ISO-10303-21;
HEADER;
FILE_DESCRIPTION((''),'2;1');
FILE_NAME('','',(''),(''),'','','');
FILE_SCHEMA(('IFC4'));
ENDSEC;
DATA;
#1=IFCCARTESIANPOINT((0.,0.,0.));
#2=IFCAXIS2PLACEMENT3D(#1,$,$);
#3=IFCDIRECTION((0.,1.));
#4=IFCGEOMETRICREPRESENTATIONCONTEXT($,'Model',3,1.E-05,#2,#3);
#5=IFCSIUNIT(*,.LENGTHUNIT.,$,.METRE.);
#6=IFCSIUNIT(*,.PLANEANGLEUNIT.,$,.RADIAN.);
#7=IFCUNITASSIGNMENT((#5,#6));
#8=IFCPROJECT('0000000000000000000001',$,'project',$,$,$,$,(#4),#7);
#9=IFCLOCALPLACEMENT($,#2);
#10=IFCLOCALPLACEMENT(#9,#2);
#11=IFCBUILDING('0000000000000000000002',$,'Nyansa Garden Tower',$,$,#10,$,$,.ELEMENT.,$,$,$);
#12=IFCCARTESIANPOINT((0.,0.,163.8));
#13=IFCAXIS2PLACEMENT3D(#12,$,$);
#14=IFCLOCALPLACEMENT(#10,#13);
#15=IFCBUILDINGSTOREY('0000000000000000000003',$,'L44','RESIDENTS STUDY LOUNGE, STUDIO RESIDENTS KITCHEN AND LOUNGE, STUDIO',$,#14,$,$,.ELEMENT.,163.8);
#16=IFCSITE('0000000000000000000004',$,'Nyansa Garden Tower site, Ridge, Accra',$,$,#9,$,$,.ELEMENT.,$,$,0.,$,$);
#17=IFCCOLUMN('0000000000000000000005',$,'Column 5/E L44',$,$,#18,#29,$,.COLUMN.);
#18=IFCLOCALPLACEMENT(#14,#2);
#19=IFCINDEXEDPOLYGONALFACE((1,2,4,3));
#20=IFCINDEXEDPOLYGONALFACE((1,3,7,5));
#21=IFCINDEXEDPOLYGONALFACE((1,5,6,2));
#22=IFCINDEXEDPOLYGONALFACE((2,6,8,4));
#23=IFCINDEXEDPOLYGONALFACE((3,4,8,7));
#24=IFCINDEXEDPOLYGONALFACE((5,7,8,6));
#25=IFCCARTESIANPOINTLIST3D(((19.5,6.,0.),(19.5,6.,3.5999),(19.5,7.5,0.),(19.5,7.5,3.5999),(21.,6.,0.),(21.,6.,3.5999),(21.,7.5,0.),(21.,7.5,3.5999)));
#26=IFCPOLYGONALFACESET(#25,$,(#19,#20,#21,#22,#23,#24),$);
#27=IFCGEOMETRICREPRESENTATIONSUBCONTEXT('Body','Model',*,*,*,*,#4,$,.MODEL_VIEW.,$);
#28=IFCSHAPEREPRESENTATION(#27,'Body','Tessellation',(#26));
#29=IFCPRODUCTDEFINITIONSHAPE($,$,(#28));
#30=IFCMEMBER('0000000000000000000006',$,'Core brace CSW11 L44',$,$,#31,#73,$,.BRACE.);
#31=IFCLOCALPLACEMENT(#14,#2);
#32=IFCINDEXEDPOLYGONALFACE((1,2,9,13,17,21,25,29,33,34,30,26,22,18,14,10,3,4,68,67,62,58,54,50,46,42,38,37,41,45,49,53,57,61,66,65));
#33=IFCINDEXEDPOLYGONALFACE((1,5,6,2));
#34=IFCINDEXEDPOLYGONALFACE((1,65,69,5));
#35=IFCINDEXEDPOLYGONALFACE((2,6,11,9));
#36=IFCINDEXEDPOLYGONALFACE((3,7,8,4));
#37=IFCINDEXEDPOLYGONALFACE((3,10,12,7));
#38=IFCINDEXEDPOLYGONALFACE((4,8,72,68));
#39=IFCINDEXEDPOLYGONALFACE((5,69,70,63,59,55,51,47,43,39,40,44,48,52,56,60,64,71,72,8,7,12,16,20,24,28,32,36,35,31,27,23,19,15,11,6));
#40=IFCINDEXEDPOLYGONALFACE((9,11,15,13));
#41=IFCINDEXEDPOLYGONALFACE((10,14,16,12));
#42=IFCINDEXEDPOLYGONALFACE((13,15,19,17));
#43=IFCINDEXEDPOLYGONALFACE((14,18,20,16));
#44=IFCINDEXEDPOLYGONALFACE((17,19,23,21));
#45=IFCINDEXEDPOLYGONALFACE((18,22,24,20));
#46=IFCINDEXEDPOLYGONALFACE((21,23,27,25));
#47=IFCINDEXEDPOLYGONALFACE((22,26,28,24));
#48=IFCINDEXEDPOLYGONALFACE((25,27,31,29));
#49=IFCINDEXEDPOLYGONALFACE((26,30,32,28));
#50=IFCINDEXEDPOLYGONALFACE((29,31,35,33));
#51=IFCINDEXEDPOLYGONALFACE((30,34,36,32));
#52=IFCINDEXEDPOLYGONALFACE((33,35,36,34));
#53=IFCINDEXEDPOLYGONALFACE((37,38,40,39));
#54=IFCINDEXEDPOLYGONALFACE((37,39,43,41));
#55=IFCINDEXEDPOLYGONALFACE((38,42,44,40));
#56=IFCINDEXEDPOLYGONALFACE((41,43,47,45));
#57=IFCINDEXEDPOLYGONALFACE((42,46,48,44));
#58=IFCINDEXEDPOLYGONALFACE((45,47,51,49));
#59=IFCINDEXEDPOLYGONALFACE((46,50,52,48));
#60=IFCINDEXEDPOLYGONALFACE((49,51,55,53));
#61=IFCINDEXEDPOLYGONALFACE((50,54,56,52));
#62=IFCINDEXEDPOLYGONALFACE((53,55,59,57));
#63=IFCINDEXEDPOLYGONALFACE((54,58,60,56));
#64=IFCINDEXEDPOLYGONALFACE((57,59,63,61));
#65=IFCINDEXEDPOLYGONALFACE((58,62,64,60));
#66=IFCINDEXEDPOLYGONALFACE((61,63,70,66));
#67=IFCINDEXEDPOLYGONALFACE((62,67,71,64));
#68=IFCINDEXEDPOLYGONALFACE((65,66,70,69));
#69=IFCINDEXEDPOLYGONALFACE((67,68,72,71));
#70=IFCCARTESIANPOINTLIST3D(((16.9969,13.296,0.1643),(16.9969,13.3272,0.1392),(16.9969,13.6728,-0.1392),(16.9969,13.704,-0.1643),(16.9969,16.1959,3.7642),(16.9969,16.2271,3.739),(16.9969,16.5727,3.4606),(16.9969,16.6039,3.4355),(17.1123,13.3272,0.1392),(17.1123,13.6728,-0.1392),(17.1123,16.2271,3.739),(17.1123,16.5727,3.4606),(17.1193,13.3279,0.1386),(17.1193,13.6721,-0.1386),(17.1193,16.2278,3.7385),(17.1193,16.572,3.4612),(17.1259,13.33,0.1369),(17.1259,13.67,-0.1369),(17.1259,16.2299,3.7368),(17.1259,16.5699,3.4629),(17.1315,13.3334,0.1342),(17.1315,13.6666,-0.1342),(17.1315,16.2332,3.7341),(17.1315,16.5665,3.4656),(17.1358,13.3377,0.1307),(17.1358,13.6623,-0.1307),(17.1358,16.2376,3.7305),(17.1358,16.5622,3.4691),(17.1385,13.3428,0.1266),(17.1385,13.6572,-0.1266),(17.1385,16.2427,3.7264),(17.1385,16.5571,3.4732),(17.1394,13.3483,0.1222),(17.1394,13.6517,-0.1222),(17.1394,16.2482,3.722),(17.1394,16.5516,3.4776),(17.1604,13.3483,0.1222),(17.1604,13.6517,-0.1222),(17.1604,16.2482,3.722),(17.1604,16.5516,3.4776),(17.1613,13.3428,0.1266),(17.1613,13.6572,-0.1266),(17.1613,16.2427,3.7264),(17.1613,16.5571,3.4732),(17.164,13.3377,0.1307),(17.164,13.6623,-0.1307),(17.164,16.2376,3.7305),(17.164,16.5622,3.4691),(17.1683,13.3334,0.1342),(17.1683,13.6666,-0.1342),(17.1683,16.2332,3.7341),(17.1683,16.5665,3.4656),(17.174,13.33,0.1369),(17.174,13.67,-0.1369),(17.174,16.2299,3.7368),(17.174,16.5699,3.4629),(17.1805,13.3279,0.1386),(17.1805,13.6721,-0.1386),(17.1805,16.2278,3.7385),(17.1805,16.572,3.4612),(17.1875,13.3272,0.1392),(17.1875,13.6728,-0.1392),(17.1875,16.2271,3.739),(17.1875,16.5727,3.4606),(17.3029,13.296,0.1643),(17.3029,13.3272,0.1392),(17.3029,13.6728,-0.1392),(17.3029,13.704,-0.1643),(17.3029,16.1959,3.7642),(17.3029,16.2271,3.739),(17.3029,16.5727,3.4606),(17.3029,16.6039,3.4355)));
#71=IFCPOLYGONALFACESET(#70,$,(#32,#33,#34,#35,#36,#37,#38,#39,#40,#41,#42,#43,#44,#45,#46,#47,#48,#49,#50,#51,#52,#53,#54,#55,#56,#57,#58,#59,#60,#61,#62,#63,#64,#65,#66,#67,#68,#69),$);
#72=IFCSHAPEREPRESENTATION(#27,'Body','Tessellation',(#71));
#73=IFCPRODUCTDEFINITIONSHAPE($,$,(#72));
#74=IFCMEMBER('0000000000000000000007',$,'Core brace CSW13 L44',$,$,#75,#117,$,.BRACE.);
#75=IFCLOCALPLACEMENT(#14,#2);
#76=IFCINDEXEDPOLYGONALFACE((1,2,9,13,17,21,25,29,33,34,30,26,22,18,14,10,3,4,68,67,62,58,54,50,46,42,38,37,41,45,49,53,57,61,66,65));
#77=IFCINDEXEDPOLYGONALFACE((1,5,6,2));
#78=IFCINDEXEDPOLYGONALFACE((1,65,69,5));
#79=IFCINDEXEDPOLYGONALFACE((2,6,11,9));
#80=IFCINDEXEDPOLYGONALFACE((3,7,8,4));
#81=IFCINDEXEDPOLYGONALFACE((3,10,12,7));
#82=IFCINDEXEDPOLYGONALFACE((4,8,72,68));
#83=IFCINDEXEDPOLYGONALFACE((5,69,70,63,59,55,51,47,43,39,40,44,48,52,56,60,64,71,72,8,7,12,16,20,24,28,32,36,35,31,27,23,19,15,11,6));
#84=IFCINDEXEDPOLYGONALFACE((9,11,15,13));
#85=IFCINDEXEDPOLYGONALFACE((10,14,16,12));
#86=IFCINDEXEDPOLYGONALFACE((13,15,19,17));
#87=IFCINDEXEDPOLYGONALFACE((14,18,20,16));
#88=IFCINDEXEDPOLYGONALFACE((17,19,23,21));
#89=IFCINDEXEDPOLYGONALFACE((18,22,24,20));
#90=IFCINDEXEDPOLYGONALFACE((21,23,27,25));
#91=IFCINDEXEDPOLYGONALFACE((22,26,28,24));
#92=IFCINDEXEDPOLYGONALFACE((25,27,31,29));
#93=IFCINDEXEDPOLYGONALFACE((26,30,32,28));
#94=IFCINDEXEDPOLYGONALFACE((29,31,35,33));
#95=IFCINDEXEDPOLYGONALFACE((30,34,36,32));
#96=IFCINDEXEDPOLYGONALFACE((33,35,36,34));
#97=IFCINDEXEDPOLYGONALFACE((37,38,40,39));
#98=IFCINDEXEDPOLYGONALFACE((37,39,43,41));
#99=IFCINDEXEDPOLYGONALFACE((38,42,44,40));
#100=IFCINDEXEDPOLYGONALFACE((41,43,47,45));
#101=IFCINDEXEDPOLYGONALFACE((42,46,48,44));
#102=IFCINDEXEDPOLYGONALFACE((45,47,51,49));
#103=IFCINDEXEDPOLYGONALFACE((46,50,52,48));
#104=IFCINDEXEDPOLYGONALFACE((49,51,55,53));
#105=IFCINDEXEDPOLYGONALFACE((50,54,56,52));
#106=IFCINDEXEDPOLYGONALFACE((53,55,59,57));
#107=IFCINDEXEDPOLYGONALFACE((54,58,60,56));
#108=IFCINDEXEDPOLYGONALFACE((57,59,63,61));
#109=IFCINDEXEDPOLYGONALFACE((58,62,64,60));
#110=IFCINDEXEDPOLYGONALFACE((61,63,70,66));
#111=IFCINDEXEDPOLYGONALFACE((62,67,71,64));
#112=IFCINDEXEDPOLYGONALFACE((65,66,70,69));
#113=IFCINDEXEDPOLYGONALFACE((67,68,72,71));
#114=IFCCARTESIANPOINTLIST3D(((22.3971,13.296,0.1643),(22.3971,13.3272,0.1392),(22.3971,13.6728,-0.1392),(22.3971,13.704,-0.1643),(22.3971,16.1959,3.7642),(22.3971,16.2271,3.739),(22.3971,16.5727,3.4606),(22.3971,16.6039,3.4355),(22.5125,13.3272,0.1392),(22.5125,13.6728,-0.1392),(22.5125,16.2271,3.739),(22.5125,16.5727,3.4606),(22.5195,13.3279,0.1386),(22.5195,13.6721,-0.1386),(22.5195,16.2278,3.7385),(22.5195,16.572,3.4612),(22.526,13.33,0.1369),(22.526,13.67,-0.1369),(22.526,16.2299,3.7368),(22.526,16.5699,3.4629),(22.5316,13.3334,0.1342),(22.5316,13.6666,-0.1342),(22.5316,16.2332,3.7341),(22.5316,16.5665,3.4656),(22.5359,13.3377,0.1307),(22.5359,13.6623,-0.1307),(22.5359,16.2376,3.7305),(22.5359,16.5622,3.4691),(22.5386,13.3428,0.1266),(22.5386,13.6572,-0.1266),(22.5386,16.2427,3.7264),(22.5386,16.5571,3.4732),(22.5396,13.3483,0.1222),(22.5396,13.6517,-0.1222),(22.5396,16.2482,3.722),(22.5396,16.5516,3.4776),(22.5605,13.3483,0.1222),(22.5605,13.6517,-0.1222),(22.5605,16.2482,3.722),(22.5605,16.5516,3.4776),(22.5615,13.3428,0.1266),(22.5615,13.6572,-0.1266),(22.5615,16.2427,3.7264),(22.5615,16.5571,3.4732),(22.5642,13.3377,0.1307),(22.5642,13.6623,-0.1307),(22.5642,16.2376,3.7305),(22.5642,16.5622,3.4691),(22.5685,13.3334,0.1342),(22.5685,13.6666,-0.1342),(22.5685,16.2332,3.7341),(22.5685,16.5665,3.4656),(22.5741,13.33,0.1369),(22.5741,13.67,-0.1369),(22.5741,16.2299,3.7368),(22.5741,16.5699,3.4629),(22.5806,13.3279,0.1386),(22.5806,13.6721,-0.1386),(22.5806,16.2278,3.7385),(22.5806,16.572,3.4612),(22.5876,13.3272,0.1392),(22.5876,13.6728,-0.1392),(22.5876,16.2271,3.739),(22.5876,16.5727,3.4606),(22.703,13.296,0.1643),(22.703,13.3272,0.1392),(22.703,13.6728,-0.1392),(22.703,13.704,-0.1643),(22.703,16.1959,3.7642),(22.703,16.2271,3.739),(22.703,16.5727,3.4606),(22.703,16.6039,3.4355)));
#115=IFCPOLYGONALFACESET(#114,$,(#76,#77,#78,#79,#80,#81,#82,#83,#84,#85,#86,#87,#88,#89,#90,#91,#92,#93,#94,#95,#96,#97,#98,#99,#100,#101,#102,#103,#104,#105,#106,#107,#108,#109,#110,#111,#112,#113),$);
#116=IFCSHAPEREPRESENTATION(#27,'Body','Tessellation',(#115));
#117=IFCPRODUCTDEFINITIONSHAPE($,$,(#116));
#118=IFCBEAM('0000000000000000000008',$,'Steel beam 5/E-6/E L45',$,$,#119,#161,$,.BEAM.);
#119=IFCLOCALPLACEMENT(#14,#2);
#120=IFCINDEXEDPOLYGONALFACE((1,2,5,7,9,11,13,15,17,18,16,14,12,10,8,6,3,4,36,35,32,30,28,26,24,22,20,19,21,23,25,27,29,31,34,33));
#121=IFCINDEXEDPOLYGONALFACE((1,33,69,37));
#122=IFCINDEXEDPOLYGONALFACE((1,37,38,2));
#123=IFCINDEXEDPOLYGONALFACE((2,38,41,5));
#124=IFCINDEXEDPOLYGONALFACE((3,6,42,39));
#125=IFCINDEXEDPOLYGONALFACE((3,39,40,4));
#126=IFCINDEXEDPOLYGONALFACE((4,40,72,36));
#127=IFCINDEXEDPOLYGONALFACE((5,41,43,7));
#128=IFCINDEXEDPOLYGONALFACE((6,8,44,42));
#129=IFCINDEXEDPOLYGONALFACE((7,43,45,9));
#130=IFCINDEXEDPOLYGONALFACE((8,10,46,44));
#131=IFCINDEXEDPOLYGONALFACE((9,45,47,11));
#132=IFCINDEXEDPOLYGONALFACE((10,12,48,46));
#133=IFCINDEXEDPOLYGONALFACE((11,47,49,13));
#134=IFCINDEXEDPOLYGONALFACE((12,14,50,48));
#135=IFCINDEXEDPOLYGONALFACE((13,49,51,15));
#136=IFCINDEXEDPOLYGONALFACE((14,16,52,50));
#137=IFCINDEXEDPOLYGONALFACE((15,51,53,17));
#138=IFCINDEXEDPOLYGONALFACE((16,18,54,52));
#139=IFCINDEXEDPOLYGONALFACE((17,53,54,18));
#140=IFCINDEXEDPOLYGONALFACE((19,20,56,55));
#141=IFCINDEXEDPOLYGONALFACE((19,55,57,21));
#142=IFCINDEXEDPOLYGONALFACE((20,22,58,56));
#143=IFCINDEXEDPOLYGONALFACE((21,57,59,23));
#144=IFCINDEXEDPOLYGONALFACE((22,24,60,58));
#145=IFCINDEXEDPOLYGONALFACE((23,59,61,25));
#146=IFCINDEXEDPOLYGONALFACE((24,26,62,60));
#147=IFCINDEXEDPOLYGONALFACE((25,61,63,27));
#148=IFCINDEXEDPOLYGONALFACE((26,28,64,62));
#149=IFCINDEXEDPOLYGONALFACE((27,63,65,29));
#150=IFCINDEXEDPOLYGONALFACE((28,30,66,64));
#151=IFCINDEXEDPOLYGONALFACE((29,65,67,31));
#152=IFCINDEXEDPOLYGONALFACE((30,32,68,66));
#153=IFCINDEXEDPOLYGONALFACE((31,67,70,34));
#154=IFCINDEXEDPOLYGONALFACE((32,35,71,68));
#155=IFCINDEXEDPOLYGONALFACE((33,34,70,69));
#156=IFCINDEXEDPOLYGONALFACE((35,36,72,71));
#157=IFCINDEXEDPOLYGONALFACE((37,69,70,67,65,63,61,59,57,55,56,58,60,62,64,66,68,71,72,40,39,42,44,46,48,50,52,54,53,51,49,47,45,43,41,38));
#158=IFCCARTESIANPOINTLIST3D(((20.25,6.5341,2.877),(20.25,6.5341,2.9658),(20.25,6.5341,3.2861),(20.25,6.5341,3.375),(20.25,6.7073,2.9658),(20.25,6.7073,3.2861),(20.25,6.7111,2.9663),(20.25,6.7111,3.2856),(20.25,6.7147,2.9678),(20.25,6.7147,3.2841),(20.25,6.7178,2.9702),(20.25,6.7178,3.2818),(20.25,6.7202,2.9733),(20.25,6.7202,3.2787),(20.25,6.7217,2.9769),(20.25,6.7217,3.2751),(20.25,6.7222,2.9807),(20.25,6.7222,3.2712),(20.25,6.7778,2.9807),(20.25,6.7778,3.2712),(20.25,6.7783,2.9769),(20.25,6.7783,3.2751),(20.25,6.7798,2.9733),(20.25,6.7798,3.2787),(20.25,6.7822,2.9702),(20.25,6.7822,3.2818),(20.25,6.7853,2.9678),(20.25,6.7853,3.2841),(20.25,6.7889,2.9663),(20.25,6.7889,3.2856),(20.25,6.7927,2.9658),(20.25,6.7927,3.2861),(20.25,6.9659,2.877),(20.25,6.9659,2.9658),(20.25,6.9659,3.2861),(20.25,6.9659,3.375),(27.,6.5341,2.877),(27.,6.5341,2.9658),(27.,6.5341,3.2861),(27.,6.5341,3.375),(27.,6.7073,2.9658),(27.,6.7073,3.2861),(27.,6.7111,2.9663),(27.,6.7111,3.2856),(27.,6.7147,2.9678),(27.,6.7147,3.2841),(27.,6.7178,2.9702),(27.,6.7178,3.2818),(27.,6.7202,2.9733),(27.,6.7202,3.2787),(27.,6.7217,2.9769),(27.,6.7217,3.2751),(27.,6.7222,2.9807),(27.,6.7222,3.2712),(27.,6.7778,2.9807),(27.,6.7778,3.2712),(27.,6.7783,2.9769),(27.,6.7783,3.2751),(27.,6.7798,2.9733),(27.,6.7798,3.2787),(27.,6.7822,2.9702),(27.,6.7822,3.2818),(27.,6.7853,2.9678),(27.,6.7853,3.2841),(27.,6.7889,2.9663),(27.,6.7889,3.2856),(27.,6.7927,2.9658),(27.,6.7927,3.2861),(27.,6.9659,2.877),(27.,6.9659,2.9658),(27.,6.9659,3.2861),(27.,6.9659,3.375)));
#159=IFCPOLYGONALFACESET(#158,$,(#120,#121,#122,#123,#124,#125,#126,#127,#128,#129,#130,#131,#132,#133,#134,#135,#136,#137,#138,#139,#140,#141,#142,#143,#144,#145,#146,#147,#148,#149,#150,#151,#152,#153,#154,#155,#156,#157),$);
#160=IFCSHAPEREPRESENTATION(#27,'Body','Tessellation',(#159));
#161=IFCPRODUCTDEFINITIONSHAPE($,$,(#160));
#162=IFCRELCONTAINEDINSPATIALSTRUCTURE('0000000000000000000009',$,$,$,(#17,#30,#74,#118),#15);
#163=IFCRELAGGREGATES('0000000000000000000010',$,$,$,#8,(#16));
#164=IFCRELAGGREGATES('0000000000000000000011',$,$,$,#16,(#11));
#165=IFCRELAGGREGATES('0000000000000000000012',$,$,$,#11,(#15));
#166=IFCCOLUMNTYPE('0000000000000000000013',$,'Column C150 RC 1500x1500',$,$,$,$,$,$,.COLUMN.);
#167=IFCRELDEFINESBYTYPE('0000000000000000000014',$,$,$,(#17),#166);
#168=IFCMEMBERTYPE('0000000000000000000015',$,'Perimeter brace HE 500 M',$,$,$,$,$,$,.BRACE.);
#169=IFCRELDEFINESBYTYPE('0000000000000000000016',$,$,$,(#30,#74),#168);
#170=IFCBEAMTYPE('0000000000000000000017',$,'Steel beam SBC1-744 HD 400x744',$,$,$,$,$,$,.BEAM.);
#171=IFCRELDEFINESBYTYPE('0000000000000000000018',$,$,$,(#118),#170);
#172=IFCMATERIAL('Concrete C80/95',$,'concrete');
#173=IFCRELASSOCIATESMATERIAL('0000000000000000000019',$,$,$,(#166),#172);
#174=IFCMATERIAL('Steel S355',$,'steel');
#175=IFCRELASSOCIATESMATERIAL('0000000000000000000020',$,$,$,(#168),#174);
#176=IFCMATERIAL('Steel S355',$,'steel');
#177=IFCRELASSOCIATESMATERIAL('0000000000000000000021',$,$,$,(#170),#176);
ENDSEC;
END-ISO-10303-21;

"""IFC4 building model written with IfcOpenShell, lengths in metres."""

from ifc_helpers import new_model, si_unit, direction, frame, origin, origin_2d, place, context, subcontext, project, spatial, rectangle, i_section, extrude, material, material_profile, profile_set, type_object, element, save


model = new_model("IFC4")

# Units and contexts
model_context = context("Model", 3, precision=1e-05, world=origin(), true_north=direction((0.0, 1.0)))
body_context = subcontext(model_context, "Body", "Model", "MODEL_VIEW")
ifc_project = project(units=[si_unit("LENGTHUNIT", "METRE"), si_unit("PLANEANGLEUNIT", "RADIAN")], contexts=[model_context])

# Site, building, storey
site_placement = place(None, origin())
site = spatial("IfcSite", under=ifc_project, at=site_placement, Name="Nyansa Garden Tower site, Ridge, Accra", CompositionType="ELEMENT", RefElevation=0.0)
building_placement = place(site_placement, origin())
building = spatial("IfcBuilding", under=site, at=building_placement, Name="Nyansa Garden Tower", CompositionType="ELEMENT")
storey_placement = place(building_placement, frame((0.0, 0.0, 163.8)))
storey = spatial("IfcBuildingStorey", under=building, at=storey_placement, Name="L44", Description="RESIDENTS STUDY LOUNGE, STUDIO RESIDENTS KITCHEN AND LOUNGE, STUDIO", CompositionType="ELEMENT", Elevation=163.8)

# Column
ifc_material_1 = material(Name="Concrete C80/95", Category="concrete")
ifc_material_profile_1 = material_profile(ifc_material_1, rectangle(XDim=1.5, YDim=1.5, at=origin_2d()), Name="RC 1500x1500")
ifc_profile_set_1 = profile_set([ifc_material_profile_1], Name="Concrete C80/95")
column_type = type_object("IfcColumnType", Name="Column C150 RC 1500x1500", PredefinedType="COLUMN", material=ifc_profile_set_1)
column_placement = place(storey_placement, frame((20.25, 6.75, 0.0), z_axis=(0.0, 0.0, 1.0), x_axis=(1.0, 0.0, 0.0)))
element("IfcColumn", 1, at=column_placement, inside=storey, type_object=column_type, Name="Column 5/E L44", PredefinedType="COLUMN", context=body_context, shape_type="SweptSolid", body=[
    extrude(rectangle(XDim=1.5, YDim=1.5, at=origin_2d()), origin(), (0.0, 0.0, 1.0), 3.5999),
])

# Members
ifc_material_2 = material(Name="Steel S355", Category="steel")
ifc_material_profile_2 = material_profile(ifc_material_2, i_section(OverallWidth=0.3059, OverallDepth=0.5239, WebThickness=0.021, FlangeThickness=0.04, FilletRadius=0.0271, at=origin_2d()), Name="HE 500 M")
ifc_profile_set_2 = profile_set([ifc_material_profile_2], Name="Steel S355")
member_type = type_object("IfcMemberType", Name="Perimeter brace HE 500 M", PredefinedType="BRACE", material=ifc_profile_set_2)
for number, where, z_axis, x_axis, name in (
    (2, (17.1499, 13.5, 0.0), (0.0, 0.627332, 0.778752), (-1.0, 0.0, 0.0), "Core brace CSW11 L44"),
    (3, (22.55, 13.5, 0.0), (0.0, 0.627332, 0.778752), (-1.0, 0.0, 0.0), "Core brace CSW13 L44"),
):
    element("IfcMember", number, at=place(storey_placement, frame(where, z_axis=z_axis, x_axis=x_axis)), inside=storey, type_object=member_type, Name=name, PredefinedType="BRACE", context=body_context, shape_type="SweptSolid", body=[
        extrude(i_section(OverallWidth=0.3059, OverallDepth=0.5239, WebThickness=0.021, FlangeThickness=0.04, FilletRadius=0.0271, at=origin_2d()), origin(), (0.0, 0.0, 1.0), 4.6226),
    ])

# Beam
ifc_material_3 = material(Name="Steel S355", Category="steel")
ifc_material_profile_3 = material_profile(ifc_material_3, i_section(OverallWidth=0.4319, OverallDepth=0.498, WebThickness=0.0557, FlangeThickness=0.0889, FilletRadius=0.0149, at=origin_2d()), Name="HD 400x744")
ifc_profile_set_3 = profile_set([ifc_material_profile_3], Name="Steel S355")
beam_type_1 = type_object("IfcBeamType", Name="Steel beam SBC1-744 HD 400x744", PredefinedType="BEAM", material=ifc_profile_set_3)
beam_1_placement = place(storey_placement, frame((20.25, 6.75, 3.126), z_axis=(1.0, 0.0, 0.0), x_axis=(0.0, 1.0, 0.0)))
element("IfcBeam", 4, at=beam_1_placement, inside=storey, type_object=beam_type_1, Name="Steel beam 5/E-6/E L45", PredefinedType="BEAM", context=body_context, shape_type="SweptSolid", body=[
    extrude(i_section(OverallWidth=0.4319, OverallDepth=0.498, WebThickness=0.0557, FlangeThickness=0.0889, FilletRadius=0.0149, at=origin_2d()), origin(), (0.0, 0.0, 1.0), 6.75),
])

save(model, "model.ifc")
